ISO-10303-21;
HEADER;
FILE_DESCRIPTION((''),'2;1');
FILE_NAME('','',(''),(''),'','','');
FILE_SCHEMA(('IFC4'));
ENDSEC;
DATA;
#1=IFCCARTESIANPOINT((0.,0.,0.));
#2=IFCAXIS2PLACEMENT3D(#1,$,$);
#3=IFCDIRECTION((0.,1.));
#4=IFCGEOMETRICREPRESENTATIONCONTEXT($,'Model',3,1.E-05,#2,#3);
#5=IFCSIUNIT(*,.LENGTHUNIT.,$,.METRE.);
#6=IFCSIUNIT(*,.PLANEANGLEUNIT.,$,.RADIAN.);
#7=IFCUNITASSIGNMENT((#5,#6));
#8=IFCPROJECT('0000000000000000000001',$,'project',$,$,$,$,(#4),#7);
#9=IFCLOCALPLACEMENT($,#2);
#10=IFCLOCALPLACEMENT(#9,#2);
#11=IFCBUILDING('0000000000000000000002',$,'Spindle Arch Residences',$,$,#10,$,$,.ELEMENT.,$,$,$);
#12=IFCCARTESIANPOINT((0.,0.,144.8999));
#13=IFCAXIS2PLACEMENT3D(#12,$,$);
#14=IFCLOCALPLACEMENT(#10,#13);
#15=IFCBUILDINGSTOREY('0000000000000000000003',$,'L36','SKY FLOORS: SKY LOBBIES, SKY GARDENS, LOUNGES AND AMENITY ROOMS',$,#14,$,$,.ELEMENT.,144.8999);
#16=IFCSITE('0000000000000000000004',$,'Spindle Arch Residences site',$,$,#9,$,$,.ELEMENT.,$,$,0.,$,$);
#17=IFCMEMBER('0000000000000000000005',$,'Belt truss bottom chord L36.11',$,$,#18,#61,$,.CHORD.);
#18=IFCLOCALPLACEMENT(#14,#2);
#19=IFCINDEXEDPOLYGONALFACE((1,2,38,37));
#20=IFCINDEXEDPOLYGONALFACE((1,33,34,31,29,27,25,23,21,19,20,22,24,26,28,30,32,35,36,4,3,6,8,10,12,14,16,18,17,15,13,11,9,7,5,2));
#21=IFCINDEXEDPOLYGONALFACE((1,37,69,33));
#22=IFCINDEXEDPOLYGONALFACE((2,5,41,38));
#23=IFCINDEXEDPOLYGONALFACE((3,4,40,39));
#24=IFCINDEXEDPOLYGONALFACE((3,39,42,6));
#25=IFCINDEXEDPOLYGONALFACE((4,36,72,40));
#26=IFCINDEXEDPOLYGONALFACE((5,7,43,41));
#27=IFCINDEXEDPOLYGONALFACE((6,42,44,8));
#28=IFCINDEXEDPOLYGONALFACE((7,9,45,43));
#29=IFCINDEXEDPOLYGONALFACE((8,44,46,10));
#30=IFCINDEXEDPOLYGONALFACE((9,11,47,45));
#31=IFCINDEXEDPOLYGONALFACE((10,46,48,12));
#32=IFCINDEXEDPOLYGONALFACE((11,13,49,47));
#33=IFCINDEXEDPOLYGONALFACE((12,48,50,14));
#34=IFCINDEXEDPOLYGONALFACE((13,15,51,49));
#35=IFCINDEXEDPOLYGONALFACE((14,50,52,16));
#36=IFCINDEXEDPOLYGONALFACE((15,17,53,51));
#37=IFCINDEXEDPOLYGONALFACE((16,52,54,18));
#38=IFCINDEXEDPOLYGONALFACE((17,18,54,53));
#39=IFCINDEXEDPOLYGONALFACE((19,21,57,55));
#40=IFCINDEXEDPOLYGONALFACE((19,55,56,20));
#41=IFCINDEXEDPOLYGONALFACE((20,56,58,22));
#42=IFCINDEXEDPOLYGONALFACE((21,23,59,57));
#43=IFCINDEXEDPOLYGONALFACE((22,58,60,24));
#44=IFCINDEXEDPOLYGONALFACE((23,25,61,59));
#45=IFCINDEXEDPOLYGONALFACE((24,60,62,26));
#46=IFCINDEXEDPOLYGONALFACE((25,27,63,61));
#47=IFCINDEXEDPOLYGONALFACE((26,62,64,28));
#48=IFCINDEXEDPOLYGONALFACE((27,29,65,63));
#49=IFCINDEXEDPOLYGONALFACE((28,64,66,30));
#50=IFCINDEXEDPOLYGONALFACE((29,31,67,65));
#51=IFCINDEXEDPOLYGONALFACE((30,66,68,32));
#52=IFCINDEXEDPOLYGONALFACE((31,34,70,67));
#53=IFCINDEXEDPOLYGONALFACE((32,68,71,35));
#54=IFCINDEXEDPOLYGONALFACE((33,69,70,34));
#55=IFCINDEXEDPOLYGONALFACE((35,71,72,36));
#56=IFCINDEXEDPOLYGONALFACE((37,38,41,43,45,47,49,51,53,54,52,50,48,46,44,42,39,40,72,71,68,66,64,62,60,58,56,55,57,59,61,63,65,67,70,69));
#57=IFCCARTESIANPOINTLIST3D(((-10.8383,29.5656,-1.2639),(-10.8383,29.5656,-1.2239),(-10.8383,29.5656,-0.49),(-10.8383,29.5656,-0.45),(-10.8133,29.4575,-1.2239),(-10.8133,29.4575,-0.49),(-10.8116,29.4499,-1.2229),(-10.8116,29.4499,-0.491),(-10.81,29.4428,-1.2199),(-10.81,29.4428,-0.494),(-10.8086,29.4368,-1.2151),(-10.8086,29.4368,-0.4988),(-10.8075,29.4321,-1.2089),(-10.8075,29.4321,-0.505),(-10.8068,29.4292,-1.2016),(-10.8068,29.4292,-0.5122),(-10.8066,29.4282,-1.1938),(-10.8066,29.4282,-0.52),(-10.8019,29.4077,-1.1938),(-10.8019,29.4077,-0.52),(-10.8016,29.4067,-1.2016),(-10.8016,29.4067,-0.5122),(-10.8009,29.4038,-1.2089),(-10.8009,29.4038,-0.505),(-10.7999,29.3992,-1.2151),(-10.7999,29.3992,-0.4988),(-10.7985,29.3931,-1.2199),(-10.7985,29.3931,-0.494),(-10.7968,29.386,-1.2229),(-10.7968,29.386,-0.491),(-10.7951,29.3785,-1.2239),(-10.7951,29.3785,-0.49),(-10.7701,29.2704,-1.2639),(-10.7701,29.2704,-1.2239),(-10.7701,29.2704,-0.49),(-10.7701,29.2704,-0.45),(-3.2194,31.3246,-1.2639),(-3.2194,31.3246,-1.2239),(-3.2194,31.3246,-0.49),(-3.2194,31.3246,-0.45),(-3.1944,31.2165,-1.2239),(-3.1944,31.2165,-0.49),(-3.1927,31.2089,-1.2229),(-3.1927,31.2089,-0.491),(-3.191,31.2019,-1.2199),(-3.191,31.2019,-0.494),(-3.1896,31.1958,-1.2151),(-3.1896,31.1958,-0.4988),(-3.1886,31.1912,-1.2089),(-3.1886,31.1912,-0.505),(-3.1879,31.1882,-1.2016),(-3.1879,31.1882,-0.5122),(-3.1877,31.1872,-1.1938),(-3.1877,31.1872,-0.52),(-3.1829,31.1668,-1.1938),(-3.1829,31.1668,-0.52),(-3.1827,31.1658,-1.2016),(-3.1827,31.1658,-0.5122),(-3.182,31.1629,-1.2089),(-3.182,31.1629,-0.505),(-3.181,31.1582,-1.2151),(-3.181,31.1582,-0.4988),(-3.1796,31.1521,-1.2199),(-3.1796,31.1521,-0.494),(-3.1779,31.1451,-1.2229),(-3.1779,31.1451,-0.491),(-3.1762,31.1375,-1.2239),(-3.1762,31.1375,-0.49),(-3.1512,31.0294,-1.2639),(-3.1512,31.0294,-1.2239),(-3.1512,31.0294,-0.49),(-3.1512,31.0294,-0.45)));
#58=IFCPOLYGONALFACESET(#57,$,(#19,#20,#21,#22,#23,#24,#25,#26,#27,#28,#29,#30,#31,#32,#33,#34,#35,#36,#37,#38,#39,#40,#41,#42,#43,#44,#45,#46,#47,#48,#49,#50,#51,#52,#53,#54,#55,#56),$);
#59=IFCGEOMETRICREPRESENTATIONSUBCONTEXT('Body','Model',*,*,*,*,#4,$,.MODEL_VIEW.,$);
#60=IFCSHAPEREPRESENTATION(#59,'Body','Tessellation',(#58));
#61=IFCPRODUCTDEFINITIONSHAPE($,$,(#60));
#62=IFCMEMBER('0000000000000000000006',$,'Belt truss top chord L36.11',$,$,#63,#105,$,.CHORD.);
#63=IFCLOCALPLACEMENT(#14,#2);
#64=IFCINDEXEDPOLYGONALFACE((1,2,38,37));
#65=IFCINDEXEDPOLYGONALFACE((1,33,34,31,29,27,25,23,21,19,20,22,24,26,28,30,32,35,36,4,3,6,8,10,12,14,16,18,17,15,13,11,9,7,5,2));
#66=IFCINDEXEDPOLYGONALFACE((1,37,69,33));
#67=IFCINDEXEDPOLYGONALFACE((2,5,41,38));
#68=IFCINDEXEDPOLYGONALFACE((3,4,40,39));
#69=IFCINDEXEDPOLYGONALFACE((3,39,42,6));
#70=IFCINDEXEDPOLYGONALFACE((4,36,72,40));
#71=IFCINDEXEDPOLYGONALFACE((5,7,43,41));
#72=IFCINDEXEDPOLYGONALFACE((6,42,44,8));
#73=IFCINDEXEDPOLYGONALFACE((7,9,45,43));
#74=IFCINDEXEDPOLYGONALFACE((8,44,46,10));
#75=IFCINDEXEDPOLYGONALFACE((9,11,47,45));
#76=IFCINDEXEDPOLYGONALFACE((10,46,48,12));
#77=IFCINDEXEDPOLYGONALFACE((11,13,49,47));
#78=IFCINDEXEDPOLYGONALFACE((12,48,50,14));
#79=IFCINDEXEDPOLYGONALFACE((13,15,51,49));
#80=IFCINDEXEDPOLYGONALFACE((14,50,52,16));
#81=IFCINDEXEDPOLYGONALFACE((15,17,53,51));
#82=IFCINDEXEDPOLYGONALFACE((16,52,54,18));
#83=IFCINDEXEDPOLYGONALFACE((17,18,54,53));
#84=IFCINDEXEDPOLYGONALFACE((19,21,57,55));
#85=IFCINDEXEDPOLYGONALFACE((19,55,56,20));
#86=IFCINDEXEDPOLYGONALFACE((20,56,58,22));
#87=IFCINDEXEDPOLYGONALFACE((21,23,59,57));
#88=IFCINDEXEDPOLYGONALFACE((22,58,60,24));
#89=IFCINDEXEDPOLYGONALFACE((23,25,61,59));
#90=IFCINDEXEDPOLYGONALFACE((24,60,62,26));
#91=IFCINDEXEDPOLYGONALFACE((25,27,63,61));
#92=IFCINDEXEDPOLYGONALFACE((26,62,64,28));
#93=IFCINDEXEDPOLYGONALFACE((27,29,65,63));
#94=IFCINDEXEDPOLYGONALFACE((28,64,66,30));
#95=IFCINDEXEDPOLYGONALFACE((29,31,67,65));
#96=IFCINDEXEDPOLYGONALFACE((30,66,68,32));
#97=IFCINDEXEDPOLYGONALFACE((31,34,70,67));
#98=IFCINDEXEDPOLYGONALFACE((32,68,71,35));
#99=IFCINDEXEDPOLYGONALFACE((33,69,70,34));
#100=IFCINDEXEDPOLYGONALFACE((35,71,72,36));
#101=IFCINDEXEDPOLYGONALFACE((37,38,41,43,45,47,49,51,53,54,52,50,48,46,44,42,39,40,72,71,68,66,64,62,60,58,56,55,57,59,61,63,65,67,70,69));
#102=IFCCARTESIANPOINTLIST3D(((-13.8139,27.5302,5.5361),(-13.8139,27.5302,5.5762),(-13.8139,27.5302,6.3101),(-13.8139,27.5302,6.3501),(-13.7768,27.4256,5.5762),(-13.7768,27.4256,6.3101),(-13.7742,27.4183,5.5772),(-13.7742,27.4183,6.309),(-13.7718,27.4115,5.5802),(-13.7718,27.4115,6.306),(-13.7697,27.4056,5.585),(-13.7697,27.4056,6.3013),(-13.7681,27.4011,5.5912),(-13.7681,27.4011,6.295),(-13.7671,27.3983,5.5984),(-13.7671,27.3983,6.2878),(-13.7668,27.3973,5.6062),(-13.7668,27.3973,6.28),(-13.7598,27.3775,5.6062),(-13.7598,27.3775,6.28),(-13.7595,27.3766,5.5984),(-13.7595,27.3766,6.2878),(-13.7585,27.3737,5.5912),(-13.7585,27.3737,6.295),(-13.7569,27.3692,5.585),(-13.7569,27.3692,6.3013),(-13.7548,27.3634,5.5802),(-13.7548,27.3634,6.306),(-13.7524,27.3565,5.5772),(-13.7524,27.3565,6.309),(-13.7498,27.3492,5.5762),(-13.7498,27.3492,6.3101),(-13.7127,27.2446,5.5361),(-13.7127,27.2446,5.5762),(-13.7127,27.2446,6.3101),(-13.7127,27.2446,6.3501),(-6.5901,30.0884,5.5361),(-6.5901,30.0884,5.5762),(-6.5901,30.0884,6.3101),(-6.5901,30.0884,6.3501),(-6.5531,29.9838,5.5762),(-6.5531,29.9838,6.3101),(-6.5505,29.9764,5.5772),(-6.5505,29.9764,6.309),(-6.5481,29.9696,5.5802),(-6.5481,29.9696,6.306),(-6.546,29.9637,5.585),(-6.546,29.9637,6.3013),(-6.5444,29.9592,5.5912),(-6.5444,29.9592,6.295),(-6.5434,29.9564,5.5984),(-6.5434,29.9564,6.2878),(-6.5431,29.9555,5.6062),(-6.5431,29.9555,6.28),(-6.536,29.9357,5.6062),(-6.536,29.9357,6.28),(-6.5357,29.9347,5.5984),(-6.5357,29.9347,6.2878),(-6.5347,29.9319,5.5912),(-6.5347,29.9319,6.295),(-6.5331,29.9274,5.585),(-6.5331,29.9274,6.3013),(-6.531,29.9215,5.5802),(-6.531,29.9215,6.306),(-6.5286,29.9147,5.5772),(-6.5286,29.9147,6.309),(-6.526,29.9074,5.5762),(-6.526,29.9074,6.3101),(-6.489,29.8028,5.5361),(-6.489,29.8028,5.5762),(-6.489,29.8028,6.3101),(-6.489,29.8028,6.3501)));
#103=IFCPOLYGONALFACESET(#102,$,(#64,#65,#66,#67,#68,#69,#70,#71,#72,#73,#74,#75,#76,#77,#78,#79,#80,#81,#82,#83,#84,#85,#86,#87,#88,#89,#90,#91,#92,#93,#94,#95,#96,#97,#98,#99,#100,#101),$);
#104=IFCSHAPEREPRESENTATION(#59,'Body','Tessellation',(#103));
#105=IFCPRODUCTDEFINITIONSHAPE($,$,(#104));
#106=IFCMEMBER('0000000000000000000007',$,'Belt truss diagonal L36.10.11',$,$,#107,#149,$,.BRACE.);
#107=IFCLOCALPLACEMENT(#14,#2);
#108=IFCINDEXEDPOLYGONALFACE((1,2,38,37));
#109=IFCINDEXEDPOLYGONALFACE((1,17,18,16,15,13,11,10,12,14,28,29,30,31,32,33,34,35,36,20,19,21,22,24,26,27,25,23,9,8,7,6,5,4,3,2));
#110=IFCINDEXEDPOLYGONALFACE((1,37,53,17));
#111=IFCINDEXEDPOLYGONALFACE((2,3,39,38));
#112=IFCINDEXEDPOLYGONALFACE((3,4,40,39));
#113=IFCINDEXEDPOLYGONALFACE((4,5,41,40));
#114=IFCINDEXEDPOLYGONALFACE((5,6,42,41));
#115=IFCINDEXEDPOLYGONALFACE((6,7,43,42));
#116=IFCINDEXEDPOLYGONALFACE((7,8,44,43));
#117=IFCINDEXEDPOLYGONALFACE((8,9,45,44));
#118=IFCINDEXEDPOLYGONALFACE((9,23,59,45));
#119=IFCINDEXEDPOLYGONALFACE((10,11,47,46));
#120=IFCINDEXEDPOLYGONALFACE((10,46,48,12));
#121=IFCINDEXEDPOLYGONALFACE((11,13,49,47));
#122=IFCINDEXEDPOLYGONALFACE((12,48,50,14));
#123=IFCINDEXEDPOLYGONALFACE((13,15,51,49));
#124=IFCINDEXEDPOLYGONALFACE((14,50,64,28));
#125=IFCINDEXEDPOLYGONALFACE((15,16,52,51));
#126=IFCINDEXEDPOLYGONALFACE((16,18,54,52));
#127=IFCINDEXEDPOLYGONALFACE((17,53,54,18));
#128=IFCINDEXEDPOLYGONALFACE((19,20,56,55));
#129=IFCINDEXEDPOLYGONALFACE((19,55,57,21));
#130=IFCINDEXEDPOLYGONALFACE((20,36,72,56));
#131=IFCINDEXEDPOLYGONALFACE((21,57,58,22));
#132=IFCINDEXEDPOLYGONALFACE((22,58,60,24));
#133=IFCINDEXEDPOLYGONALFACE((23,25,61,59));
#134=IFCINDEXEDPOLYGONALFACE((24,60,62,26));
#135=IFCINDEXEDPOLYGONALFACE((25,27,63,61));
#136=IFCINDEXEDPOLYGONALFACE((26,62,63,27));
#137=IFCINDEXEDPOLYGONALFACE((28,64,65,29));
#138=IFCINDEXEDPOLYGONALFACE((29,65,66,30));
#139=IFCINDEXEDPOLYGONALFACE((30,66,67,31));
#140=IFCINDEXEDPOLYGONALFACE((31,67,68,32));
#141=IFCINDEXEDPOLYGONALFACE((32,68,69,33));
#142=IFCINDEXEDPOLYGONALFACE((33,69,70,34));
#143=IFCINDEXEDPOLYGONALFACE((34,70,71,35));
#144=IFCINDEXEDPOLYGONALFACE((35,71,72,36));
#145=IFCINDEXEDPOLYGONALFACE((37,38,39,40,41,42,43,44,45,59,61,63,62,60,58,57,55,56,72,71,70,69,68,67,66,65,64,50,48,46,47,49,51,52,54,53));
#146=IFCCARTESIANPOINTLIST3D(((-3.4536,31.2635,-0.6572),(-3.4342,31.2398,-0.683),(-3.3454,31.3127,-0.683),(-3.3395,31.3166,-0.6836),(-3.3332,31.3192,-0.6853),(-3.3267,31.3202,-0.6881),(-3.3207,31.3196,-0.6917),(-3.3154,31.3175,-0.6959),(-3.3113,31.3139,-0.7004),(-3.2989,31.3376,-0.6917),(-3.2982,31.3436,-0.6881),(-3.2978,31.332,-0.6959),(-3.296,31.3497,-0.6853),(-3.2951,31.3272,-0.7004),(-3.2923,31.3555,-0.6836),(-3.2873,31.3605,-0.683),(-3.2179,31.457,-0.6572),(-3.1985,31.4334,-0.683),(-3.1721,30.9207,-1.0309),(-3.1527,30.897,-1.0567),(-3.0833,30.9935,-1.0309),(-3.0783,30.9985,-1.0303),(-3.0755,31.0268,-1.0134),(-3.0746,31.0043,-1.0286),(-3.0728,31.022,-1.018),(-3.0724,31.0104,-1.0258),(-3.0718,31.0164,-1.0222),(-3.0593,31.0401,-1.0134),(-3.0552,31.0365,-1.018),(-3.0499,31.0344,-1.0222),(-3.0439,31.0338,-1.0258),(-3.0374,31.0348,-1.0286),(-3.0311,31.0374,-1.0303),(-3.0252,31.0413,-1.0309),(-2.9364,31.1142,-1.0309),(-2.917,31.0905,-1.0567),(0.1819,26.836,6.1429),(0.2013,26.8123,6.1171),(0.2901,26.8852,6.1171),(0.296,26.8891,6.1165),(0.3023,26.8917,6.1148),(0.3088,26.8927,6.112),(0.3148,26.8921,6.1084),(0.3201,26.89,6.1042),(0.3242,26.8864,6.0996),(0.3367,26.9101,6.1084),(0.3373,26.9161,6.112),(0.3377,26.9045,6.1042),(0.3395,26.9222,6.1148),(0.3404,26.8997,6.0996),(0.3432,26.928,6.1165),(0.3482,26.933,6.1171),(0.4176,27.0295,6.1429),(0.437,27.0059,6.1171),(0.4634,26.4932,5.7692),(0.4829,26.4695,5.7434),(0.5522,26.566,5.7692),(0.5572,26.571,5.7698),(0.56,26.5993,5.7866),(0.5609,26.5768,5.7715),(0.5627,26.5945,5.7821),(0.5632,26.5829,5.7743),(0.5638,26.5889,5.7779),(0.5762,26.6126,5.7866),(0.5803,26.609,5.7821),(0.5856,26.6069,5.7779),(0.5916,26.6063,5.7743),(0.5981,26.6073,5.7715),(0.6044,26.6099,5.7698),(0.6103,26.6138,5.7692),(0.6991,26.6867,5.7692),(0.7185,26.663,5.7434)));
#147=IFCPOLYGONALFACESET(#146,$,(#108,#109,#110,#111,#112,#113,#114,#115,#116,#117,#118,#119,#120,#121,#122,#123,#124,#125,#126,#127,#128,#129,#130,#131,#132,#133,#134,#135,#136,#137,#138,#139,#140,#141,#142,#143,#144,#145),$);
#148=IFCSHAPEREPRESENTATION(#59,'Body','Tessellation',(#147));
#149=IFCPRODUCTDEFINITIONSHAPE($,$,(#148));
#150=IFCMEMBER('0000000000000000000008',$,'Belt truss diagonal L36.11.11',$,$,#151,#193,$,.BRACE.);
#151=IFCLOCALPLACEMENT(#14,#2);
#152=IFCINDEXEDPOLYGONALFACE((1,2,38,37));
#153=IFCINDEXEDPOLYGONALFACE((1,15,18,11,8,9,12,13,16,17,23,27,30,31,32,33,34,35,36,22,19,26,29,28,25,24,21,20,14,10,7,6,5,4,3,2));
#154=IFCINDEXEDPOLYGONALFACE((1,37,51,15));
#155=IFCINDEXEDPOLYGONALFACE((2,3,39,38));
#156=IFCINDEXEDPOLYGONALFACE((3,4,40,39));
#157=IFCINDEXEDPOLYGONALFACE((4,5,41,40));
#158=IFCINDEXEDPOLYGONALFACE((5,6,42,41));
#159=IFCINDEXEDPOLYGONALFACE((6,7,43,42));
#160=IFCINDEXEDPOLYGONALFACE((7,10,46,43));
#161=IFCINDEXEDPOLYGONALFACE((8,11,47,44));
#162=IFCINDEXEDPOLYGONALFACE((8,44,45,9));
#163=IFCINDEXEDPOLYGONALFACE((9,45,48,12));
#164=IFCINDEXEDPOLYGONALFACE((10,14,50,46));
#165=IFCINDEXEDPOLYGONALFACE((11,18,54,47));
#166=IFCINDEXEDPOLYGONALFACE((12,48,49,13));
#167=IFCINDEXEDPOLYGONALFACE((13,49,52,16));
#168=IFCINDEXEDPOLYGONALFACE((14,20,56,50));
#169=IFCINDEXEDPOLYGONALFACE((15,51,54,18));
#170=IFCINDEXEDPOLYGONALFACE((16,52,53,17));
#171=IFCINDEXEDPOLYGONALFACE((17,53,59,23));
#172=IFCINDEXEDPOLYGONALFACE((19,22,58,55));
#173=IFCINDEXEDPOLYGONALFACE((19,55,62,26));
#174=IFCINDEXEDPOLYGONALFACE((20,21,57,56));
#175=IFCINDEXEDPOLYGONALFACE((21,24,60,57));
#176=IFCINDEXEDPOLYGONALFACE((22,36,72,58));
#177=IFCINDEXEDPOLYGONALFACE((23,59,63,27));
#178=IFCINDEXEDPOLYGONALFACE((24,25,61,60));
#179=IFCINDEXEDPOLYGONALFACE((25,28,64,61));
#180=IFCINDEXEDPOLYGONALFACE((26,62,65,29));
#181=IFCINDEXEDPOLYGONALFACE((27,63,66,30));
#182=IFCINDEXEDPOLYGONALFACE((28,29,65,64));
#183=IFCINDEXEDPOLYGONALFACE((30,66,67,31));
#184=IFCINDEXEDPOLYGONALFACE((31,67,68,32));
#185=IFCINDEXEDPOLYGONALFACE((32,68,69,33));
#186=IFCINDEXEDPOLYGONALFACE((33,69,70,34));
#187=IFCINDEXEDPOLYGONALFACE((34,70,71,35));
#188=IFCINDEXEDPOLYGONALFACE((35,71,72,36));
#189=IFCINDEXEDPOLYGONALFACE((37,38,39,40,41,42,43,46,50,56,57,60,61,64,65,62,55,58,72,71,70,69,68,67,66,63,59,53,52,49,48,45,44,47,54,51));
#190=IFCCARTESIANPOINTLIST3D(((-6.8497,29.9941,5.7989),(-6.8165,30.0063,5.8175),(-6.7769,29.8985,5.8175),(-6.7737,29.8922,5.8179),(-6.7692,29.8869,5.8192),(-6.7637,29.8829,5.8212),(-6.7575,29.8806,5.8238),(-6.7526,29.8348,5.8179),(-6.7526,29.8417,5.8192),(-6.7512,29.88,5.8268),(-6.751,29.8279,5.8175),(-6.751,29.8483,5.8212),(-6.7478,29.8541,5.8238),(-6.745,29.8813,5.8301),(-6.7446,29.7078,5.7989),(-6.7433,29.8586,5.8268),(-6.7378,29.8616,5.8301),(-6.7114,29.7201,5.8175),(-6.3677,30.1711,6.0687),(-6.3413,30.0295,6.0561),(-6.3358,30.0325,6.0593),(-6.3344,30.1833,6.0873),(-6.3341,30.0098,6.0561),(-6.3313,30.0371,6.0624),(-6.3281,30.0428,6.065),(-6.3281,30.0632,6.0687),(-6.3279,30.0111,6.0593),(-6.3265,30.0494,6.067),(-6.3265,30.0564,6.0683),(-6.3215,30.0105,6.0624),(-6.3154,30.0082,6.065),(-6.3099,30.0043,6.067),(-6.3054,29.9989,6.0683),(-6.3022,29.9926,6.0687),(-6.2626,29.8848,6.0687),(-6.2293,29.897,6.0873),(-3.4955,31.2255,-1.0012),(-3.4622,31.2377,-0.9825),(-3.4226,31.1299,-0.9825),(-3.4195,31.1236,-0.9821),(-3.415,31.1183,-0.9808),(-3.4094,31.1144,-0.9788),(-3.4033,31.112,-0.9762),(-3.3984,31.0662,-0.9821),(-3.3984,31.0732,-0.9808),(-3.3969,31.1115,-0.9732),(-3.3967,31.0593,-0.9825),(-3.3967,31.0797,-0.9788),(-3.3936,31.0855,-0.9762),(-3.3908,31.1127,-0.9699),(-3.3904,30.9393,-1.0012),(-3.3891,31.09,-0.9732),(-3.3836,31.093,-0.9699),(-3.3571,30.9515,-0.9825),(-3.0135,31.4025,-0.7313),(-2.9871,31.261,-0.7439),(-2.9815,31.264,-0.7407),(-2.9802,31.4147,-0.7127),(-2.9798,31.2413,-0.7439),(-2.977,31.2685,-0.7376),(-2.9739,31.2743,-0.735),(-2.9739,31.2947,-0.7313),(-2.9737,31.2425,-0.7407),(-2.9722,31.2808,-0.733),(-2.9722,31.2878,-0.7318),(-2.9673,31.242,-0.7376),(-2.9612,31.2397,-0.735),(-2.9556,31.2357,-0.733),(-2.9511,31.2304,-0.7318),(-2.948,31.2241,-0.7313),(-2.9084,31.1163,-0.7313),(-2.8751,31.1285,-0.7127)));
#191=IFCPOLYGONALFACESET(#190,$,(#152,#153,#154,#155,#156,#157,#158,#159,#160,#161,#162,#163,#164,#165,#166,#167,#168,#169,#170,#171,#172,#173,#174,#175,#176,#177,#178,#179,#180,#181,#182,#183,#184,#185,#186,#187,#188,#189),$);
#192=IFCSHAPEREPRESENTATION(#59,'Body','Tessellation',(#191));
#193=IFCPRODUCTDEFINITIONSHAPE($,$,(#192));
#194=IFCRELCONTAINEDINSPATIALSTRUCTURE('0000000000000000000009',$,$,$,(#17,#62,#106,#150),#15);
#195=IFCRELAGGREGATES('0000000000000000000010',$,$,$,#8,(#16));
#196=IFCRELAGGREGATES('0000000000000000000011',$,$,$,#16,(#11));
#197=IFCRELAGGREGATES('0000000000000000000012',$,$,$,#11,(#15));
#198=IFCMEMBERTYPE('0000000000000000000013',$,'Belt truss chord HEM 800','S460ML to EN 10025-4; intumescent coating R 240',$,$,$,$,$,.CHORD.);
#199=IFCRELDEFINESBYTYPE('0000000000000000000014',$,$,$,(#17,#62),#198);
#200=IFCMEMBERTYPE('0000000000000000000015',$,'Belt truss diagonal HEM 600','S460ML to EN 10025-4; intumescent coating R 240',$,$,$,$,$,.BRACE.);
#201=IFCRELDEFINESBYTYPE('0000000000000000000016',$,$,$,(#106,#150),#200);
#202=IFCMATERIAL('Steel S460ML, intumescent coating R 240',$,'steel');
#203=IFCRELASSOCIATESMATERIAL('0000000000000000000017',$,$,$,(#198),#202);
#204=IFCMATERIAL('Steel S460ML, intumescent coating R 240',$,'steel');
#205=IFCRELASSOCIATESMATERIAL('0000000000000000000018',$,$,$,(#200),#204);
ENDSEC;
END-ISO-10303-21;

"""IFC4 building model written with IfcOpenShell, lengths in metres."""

from ifc_helpers import new_model, si_unit, direction, frame, origin, origin_2d, place, context, subcontext, project, spatial, i_section, extrude, material, material_profile, profile_set, type_object, element, save


model = new_model("IFC4")

# Units and contexts
model_context = context("Model", 3, precision=1e-05, world=origin(), true_north=direction((0.0, 1.0)))
body_context = subcontext(model_context, "Body", "Model", "MODEL_VIEW")
ifc_project = project(units=[si_unit("LENGTHUNIT", "METRE"), si_unit("PLANEANGLEUNIT", "RADIAN")], contexts=[model_context])

# Site, building, storey
site_placement = place(None, origin())
site = spatial("IfcSite", under=ifc_project, at=site_placement, Name="Spindle Arch Residences site", CompositionType="ELEMENT", RefElevation=0.0)
building_placement = place(site_placement, origin())
building = spatial("IfcBuilding", under=site, at=building_placement, Name="Spindle Arch Residences", CompositionType="ELEMENT")
storey_placement = place(building_placement, frame((0.0, 0.0, 144.8999)))
storey = spatial("IfcBuildingStorey", under=building, at=storey_placement, Name="L36", Description="SKY FLOORS: SKY LOBBIES, SKY GARDENS, LOUNGES AND AMENITY ROOMS", CompositionType="ELEMENT", Elevation=144.8999)

# Members
ifc_material_1 = material(Name="Steel S460ML, intumescent coating R 240", Category="steel")
ifc_material_profile_1 = material_profile(ifc_material_1, i_section(OverallWidth=0.303, OverallDepth=0.814, WebThickness=0.021, FlangeThickness=0.04, FilletRadius=0.03, at=origin_2d()), Name="HEM 800")
ifc_profile_set_1 = profile_set([ifc_material_profile_1], Name="Steel S460ML, intumescent coating R 240")
member_type_1 = type_object("IfcMemberType", Name="Belt truss chord HEM 800", Description="S460ML to EN 10025-4; intumescent coating R 240", PredefinedType="CHORD", material=ifc_profile_set_1)
member_1_placement = place(storey_placement, frame((-3.1853, 31.177, -0.8569), z_axis=(-0.974368, -0.22496, 0.0), x_axis=(0.22496, -0.974368, 0.0)))
element("IfcMember", 1, at=member_1_placement, inside=storey, type_object=member_type_1, Name="Belt truss bottom chord L36.11", PredefinedType="CHORD", context=body_context, shape_type="SweptSolid", body=[
    extrude(i_section(OverallWidth=0.303, OverallDepth=0.814, WebThickness=0.021, FlangeThickness=0.04, FilletRadius=0.03, at=origin_2d()), origin(), (0.0, 0.0, 1.0), 7.8193),
])
member_2_placement = place(storey_placement, frame((-6.5396, 29.9456, 5.9431), z_axis=(-0.942638, -0.333816, 0.0), x_axis=(0.333816, -0.942638, 0.0)))
element("IfcMember", 2, at=member_2_placement, inside=storey, type_object=member_type_1, Name="Belt truss top chord L36.11", PredefinedType="CHORD", context=body_context, shape_type="SweptSolid", body=[
    extrude(i_section(OverallWidth=0.303, OverallDepth=0.814, WebThickness=0.021, FlangeThickness=0.04, FilletRadius=0.03, at=origin_2d()), origin(), (0.0, 0.0, 1.0), 7.6633),
])
ifc_material_2 = material(Name="Steel S460ML, intumescent coating R 240", Category="steel")
ifc_material_profile_2 = material_profile(ifc_material_2, i_section(OverallWidth=0.3049, OverallDepth=0.6201, WebThickness=0.021, FlangeThickness=0.04, FilletRadius=0.0271, at=origin_2d()), Name="HEM 600")
ifc_profile_set_2 = profile_set([ifc_material_profile_2], Name="Steel S460ML, intumescent coating R 240")
member_type_2 = type_object("IfcMemberType", Name="Belt truss diagonal HEM 600", Description="S460ML to EN 10025-4; intumescent coating R 240", PredefinedType="BRACE", material=ifc_profile_set_2)
member_3_placement = place(storey_placement, frame((-3.1853, 31.177, -0.8569), z_axis=(0.40887, -0.497942, 0.764774), x_axis=(0.772843, 0.634597, 0.0)))
element("IfcMember", 3, at=member_3_placement, inside=storey, type_object=member_type_2, Name="Belt truss diagonal L36.10.11", PredefinedType="BRACE", context=body_context, shape_type="SweptSolid", body=[
    extrude(i_section(OverallWidth=0.3049, OverallDepth=0.6201, WebThickness=0.021, FlangeThickness=0.04, FilletRadius=0.0271, at=origin_2d()), origin(), (0.0, 0.0, 1.0), 8.8916),
])
member_4_placement = place(storey_placement, frame((-3.1853, 31.177, -0.8569), z_axis=(-0.436656, -0.16031, 0.88523), x_axis=(0.344638, -0.938736, 0.0)))
element("IfcMember", 4, at=member_4_placement, inside=storey, type_object=member_type_2, Name="Belt truss diagonal L36.11.11", PredefinedType="BRACE", context=body_context, shape_type="SweptSolid", body=[
    extrude(i_section(OverallWidth=0.3049, OverallDepth=0.6201, WebThickness=0.021, FlangeThickness=0.04, FilletRadius=0.0271, at=origin_2d()), origin(), (0.0, 0.0, 1.0), 7.6816),
])

save(model, "model.ifc")
